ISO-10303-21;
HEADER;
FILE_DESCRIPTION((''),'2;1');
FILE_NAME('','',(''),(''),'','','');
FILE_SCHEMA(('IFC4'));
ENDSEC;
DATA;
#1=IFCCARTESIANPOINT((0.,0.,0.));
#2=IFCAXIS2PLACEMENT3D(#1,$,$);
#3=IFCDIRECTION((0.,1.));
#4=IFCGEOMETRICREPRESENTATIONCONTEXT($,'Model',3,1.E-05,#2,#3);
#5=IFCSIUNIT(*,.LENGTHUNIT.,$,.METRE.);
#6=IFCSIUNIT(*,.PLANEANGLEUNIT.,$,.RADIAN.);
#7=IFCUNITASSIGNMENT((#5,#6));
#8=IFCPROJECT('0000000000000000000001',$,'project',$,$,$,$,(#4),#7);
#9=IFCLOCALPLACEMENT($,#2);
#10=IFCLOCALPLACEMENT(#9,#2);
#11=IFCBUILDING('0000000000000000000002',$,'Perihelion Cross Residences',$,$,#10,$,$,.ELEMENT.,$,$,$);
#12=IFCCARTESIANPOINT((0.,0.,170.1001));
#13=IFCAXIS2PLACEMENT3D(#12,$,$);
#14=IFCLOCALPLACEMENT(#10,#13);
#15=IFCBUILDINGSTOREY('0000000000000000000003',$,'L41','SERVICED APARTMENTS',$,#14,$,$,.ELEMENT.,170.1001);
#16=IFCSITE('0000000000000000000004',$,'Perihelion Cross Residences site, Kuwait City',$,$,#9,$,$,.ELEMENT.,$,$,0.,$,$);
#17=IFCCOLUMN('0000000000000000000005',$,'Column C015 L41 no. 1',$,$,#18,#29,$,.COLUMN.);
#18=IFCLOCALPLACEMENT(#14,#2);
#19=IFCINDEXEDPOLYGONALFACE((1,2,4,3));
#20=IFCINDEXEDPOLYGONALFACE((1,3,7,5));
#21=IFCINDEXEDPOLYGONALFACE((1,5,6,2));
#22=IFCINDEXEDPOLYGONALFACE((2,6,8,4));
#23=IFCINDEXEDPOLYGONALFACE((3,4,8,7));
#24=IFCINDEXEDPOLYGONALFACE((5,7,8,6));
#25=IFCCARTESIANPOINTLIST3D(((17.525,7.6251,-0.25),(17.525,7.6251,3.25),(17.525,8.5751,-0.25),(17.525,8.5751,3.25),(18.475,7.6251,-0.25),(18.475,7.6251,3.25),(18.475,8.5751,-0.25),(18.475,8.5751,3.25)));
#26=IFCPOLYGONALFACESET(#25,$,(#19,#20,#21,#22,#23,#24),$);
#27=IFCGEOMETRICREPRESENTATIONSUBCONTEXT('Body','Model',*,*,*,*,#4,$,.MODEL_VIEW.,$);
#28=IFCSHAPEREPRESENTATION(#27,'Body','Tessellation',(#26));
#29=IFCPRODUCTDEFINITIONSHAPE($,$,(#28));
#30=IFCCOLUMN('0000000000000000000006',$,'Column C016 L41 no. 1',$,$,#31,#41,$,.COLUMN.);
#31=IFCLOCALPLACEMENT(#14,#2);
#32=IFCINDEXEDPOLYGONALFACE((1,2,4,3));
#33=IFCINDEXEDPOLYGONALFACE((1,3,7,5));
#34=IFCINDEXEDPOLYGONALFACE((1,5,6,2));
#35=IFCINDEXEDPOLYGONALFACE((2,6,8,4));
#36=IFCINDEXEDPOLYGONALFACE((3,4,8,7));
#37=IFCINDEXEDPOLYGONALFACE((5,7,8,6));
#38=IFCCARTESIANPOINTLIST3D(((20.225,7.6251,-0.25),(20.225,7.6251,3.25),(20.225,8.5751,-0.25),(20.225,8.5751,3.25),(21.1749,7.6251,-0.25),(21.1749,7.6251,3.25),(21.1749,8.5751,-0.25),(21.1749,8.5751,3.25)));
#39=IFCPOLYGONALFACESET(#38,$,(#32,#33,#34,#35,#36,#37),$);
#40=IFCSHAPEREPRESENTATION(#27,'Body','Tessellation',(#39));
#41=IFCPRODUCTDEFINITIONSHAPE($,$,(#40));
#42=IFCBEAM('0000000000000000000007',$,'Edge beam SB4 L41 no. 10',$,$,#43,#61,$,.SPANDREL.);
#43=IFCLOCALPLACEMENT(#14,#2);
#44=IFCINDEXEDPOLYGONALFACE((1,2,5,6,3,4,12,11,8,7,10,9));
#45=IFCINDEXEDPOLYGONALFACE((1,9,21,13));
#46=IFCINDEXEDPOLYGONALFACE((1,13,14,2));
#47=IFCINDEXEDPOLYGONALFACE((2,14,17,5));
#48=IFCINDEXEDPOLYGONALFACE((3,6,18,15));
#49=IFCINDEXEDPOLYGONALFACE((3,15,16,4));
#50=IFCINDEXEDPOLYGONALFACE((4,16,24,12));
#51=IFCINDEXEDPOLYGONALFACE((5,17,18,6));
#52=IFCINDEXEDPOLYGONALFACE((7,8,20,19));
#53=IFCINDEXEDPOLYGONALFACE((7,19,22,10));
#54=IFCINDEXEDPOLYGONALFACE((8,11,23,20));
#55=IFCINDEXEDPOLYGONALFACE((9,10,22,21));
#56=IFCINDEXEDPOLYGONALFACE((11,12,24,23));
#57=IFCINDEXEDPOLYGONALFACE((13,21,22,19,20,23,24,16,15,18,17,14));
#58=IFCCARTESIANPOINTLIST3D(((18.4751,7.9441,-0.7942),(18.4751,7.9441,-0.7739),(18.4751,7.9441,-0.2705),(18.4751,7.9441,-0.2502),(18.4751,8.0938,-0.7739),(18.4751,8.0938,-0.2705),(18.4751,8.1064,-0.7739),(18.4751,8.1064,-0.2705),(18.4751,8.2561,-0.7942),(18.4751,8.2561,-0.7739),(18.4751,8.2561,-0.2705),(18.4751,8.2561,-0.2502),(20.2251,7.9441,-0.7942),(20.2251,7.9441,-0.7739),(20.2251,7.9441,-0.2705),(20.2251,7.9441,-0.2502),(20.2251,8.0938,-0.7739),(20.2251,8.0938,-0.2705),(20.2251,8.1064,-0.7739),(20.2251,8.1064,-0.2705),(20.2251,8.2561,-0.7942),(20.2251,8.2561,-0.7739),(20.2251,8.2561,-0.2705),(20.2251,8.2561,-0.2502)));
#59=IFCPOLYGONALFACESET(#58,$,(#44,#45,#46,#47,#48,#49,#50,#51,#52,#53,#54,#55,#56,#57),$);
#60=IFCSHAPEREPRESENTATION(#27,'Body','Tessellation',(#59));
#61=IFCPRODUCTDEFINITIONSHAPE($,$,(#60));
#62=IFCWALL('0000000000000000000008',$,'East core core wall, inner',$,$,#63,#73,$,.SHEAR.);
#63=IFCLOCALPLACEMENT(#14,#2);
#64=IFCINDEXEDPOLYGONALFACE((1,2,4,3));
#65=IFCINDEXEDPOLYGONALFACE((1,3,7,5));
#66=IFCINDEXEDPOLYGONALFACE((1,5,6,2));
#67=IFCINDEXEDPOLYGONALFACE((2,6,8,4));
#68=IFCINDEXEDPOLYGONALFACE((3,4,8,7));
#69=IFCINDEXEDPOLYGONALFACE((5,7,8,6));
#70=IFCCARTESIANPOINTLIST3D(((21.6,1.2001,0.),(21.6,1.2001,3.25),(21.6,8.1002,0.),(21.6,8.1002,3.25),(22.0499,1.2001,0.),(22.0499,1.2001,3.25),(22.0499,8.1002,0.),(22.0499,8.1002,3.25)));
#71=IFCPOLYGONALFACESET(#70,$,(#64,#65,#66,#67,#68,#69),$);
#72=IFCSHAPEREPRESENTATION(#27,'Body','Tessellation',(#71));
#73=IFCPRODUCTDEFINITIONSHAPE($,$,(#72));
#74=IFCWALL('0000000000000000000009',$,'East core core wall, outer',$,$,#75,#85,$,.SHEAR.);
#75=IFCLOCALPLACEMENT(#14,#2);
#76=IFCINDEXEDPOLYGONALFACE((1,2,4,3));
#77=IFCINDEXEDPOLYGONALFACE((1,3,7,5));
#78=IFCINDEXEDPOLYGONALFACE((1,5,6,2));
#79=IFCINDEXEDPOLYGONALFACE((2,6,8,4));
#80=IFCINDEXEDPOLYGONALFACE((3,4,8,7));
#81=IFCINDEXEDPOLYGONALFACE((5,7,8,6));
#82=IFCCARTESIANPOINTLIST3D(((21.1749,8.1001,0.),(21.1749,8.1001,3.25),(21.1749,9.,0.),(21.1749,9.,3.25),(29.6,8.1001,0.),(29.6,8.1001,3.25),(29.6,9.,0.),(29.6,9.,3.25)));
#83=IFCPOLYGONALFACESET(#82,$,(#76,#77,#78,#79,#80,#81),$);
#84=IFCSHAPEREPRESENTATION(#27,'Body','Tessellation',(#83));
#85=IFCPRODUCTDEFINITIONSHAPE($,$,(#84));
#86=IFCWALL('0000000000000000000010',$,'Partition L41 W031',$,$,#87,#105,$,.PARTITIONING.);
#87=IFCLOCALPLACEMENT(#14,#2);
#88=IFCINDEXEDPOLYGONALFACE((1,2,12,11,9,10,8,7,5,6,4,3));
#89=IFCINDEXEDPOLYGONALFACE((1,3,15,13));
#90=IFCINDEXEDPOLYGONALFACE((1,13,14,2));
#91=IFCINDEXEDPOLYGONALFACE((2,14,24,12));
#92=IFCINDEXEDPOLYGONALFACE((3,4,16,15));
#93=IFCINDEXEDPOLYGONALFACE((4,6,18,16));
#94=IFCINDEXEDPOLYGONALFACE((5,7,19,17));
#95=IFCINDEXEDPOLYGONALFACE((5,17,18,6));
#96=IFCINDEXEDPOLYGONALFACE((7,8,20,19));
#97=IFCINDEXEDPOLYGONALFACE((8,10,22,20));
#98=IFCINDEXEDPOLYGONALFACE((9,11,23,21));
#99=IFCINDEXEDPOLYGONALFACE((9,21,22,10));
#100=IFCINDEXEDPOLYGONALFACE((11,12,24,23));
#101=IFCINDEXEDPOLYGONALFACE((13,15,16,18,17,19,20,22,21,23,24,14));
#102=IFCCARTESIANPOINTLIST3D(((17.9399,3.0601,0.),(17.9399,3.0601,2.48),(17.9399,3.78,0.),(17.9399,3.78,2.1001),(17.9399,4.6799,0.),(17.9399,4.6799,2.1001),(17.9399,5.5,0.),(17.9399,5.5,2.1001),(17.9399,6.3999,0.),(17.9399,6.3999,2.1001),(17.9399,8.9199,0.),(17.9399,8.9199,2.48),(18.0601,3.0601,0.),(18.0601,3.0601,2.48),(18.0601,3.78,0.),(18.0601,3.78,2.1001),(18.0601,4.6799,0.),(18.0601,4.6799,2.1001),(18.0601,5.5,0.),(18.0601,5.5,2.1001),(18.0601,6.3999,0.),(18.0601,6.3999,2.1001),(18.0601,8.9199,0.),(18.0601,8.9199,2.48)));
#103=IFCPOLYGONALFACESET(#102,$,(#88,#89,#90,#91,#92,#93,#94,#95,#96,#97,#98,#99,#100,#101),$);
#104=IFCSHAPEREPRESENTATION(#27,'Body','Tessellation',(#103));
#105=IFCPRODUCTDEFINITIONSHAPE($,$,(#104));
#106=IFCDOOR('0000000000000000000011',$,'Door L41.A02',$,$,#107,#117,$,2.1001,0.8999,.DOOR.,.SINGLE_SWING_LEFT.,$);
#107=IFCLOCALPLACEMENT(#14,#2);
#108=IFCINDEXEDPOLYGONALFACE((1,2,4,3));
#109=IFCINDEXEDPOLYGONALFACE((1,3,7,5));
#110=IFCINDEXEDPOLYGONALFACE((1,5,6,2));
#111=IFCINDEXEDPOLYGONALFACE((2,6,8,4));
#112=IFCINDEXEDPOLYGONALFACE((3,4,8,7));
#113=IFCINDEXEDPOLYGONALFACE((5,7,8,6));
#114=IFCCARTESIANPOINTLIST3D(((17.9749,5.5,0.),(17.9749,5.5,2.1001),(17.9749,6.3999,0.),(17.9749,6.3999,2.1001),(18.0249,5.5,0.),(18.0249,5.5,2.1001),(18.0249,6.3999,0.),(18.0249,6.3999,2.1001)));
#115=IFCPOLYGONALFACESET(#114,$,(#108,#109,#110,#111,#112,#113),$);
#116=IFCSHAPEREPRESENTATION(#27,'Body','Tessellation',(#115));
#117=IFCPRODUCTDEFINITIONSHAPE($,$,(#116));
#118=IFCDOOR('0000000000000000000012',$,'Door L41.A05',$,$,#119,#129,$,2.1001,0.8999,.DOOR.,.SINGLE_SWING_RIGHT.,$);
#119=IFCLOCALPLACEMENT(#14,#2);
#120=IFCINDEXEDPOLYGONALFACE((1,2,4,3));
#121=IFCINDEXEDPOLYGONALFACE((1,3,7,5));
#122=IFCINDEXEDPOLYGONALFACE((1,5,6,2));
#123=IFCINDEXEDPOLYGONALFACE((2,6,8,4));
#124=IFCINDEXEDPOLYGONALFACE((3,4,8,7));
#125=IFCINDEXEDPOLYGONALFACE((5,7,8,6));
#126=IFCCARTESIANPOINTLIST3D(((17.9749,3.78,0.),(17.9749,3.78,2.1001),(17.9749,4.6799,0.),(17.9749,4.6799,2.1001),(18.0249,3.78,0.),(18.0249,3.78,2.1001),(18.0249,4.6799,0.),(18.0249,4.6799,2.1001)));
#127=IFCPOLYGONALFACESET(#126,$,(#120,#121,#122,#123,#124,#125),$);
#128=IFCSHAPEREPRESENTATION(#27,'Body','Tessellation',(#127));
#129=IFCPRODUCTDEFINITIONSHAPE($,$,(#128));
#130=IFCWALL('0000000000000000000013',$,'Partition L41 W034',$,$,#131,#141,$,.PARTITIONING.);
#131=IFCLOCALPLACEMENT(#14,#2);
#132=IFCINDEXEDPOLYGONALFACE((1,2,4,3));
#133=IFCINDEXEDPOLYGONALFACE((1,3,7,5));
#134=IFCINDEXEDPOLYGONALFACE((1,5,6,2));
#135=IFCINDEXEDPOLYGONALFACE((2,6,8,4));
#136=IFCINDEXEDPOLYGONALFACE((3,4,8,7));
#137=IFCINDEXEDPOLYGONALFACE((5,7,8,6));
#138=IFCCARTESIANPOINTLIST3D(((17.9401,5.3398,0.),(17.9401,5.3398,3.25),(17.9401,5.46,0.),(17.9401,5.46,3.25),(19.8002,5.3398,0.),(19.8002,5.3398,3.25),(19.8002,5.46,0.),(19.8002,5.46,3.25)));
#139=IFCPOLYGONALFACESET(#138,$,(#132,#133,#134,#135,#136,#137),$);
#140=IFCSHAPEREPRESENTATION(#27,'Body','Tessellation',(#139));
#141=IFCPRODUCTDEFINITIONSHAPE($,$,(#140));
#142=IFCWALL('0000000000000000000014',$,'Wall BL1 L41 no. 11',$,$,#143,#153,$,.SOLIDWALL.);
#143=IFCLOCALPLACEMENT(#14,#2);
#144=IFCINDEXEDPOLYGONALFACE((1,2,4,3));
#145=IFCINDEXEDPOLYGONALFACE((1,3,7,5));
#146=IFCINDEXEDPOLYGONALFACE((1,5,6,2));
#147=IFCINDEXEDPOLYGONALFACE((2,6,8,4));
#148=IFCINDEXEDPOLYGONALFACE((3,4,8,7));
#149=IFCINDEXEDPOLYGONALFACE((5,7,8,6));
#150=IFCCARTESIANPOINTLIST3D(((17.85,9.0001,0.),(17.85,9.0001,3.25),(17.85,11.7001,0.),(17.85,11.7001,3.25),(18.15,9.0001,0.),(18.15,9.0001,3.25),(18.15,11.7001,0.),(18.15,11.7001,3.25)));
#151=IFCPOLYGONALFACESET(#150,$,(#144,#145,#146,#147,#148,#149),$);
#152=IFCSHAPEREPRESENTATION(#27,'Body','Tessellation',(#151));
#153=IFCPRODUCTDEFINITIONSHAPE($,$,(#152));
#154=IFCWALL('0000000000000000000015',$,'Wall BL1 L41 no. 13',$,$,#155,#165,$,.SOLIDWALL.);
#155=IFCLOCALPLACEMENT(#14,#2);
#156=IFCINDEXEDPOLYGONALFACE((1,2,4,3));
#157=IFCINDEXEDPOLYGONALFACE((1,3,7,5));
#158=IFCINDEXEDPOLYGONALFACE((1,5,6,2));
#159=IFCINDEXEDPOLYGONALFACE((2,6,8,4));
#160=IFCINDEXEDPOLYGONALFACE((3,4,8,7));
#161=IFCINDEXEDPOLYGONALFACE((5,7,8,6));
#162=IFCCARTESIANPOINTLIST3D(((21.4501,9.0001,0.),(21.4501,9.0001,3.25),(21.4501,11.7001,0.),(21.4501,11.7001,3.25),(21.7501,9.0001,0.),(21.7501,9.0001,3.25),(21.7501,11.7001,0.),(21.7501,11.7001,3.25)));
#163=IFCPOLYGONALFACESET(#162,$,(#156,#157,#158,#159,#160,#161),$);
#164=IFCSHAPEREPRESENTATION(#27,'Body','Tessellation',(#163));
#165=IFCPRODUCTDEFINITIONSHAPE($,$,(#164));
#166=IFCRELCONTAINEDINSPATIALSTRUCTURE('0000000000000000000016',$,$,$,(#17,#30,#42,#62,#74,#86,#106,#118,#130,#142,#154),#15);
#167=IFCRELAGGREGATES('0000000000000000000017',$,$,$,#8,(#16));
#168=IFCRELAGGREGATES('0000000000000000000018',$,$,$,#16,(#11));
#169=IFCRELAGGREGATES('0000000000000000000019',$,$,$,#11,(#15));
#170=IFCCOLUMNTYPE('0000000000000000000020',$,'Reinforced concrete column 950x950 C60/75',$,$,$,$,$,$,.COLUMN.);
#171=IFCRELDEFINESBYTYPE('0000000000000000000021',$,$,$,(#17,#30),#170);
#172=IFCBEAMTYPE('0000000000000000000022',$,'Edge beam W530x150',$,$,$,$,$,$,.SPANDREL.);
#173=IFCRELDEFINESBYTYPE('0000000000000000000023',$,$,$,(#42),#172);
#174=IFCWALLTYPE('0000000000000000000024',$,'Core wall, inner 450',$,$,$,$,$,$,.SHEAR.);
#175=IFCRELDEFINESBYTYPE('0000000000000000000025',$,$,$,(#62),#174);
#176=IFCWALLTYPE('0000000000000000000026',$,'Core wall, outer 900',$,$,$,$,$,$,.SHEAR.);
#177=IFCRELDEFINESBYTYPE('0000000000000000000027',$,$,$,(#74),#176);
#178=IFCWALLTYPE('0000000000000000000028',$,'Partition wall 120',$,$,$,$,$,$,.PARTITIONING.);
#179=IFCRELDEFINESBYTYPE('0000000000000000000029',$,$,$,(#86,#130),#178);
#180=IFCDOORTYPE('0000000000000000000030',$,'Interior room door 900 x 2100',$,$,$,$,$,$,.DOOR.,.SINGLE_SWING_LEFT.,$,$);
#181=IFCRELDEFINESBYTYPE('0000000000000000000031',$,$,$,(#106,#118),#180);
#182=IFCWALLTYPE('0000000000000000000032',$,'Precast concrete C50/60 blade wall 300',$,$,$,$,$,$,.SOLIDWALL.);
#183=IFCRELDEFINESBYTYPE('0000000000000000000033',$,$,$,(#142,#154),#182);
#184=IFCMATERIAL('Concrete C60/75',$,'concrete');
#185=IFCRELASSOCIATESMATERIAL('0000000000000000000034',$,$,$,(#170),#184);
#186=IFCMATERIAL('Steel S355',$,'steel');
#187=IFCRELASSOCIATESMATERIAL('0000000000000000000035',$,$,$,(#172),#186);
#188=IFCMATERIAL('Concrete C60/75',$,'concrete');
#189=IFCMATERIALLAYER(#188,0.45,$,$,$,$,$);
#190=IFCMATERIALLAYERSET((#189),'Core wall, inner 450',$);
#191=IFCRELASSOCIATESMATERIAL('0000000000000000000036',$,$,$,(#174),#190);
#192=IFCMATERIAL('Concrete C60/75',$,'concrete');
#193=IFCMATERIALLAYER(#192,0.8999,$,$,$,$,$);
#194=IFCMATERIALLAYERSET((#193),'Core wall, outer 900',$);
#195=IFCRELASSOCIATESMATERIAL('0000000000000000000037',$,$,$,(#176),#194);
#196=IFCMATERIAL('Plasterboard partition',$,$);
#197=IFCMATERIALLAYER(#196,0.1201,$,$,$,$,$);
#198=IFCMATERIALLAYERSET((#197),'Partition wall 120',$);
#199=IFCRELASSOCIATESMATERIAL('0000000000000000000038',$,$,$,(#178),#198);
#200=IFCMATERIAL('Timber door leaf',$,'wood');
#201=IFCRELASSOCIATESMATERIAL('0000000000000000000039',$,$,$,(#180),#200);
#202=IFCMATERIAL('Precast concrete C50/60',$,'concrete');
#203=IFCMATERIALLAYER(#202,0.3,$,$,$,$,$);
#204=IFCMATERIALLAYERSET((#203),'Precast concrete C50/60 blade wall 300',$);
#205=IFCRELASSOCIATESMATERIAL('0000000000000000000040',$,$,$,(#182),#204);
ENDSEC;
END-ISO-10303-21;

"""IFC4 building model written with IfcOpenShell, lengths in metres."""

from ifc_helpers import new_model, si_unit, direction, frame, frame_2d, origin, origin_2d, place, context, subcontext, project, spatial, rectangle, i_section, extrude, material, layer, layer_set, material_profile, profile_set, type_object, element, fill, save


model = new_model("IFC4")

# Units and contexts
model_context = context("Model", 3, precision=1e-05, world=origin(), true_north=direction((0.0, 1.0)))
body_context = subcontext(model_context, "Body", "Model", "MODEL_VIEW")
ifc_project = project(units=[si_unit("LENGTHUNIT", "METRE"), si_unit("PLANEANGLEUNIT", "RADIAN")], contexts=[model_context])

# Site, building, storey
site_placement = place(None, origin())
site = spatial("IfcSite", under=ifc_project, at=site_placement, Name="Perihelion Cross Residences site, Kuwait City", CompositionType="ELEMENT", RefElevation=0.0)
building_placement = place(site_placement, origin())
building = spatial("IfcBuilding", under=site, at=building_placement, Name="Perihelion Cross Residences", CompositionType="ELEMENT")
storey_placement = place(building_placement, frame((0.0, 0.0, 170.1001)))
storey = spatial("IfcBuildingStorey", under=building, at=storey_placement, Name="L41", Description="SERVICED APARTMENTS", CompositionType="ELEMENT", Elevation=170.1001)

# Columns
ifc_material_1 = material(Name="Concrete C60/75", Category="concrete")
ifc_material_profile_1 = material_profile(ifc_material_1, rectangle(XDim=0.95, YDim=0.95, at=origin_2d()), Name="RC 950x950")
ifc_profile_set_1 = profile_set([ifc_material_profile_1], Name="Concrete C60/75")
column_type = type_object("IfcColumnType", Name="Reinforced concrete column 950x950 C60/75", PredefinedType="COLUMN", material=ifc_profile_set_1)
for number, where, z_axis, x_axis, name in (
    (1, (18.0, 8.1001, -0.25), (0.0, 0.0, 1.0), (1.0, 0.0, 0.0), "Column C015 L41 no. 1"),
    (2, (20.7, 8.1001, -0.25), (0.0, 0.0, 1.0), (1.0, 0.0, 0.0), "Column C016 L41 no. 1"),
):
    element("IfcColumn", number, at=place(storey_placement, frame(where, z_axis=z_axis, x_axis=x_axis)), inside=storey, type_object=column_type, Name=name, PredefinedType="COLUMN", context=body_context, shape_type="SweptSolid", body=[
        extrude(rectangle(XDim=0.95, YDim=0.95, at=origin_2d()), origin(), (0.0, 0.0, 1.0), 3.5),
    ])

# Beam
ifc_material_2 = material(Name="Steel S355", Category="steel")
ifc_material_profile_2 = material_profile(ifc_material_2, i_section(OverallWidth=0.312, OverallDepth=0.5439, WebThickness=0.0127, FlangeThickness=0.0203, at=origin_2d()), Name="W530x150")
ifc_profile_set_2 = profile_set([ifc_material_profile_2], Name="Steel S355")
beam_type = type_object("IfcBeamType", Name="Edge beam W530x150", PredefinedType="SPANDREL", material=ifc_profile_set_2)
beam_placement = place(storey_placement, frame((20.2251, 8.1001, -0.5222), z_axis=(-1.0, 0.0, 0.0), x_axis=(0.0, -1.0, 0.0)))
element("IfcBeam", 3, at=beam_placement, inside=storey, type_object=beam_type, Name="Edge beam SB4 L41 no. 10", PredefinedType="SPANDREL", context=body_context, shape_type="SweptSolid", body=[
    extrude(i_section(OverallWidth=0.312, OverallDepth=0.5439, WebThickness=0.0127, FlangeThickness=0.0203, at=origin_2d()), origin(), (0.0, 0.0, 1.0), 1.75),
])

# Walls
ifc_material_3 = material(Name="Concrete C60/75", Category="concrete")
ifc_layer_1 = layer(ifc_material_3, 0.45)
ifc_layer_set_1 = layer_set([ifc_layer_1], Name="Core wall, inner 450")
wall_type_1 = type_object("IfcWallType", Name="Core wall, inner 450", PredefinedType="SHEAR", material=ifc_layer_set_1)
wall_1_placement = place(storey_placement, frame((21.825, 1.2, 0.0), z_axis=(0.0, 0.0, 1.0), x_axis=(0.0, 1.0, 0.0)))
element("IfcWall", 4, at=wall_1_placement, inside=storey, type_object=wall_type_1, Name="East core core wall, inner", PredefinedType="SHEAR", context=body_context, shape_type="SweptSolid", body=[
    extrude(rectangle(XDim=6.9001, YDim=0.45, at=frame_2d((3.4502, 0.0))), origin(), (0.0, 0.0, 1.0), 3.25),
])
ifc_material_4 = material(Name="Concrete C60/75", Category="concrete")
ifc_layer_2 = layer(ifc_material_4, 0.8999)
ifc_layer_set_2 = layer_set([ifc_layer_2], Name="Core wall, outer 900")
wall_type_2 = type_object("IfcWallType", Name="Core wall, outer 900", PredefinedType="SHEAR", material=ifc_layer_set_2)
wall_2_placement = place(storey_placement, frame((21.175, 8.55, 0.0), z_axis=(0.0, 0.0, 1.0), x_axis=(1.0, 0.0, 0.0)))
element("IfcWall", 5, at=wall_2_placement, inside=storey, type_object=wall_type_2, Name="East core core wall, outer", PredefinedType="SHEAR", context=body_context, shape_type="SweptSolid", body=[
    extrude(rectangle(XDim=8.425, YDim=0.8999, at=frame_2d((4.2124, 0.0))), origin(), (0.0, 0.0, 1.0), 3.25),
])

# Wall, openings, doors
ifc_material_5 = material(Name="Plasterboard partition")
ifc_layer_3 = layer(ifc_material_5, 0.1201)
ifc_layer_set_3 = layer_set([ifc_layer_3], Name="Partition wall 120")
wall_type_3 = type_object("IfcWallType", Name="Partition wall 120", PredefinedType="PARTITIONING", material=ifc_layer_set_3)
wall_3_placement = place(storey_placement, frame((18.0, 8.9199, 0.0), z_axis=(0.0, 0.0, 1.0), x_axis=(0.0, -1.0, 0.0)))
wall_3 = element("IfcWall", 6, at=wall_3_placement, inside=storey, type_object=wall_type_3, Name="Partition L41 W031", PredefinedType="PARTITIONING", context=body_context, shape_type="SweptSolid", body=[
    extrude(rectangle(XDim=5.8599, YDim=0.1201, at=frame_2d((2.9299, 0.0))), origin(), (0.0, 0.0, 1.0), 2.48),
])
opening_1_placement = place(wall_3_placement, frame((2.52, 0.0, 0.0)))
opening_1 = element("IfcOpeningElement", 7, at=opening_1_placement, cuts=wall_3, PredefinedType="OPENING", context=body_context, shape_type="SweptSolid", body=[
    extrude(rectangle(XDim=0.8999, YDim=2.1001, at=frame_2d((0.45, 1.05))), frame((0.0, 0.0701, 0.0), z_axis=(0.0, -1.0, 0.0), x_axis=(1.0, 0.0, 0.0)), (0.0, 0.0, 1.0), 0.1401),
])
opening_2_placement = place(wall_3_placement, frame((4.24, 0.0, 0.0)))
opening_2 = element("IfcOpeningElement", 8, at=opening_2_placement, cuts=wall_3, PredefinedType="OPENING", context=body_context, shape_type="SweptSolid", body=[
    extrude(rectangle(XDim=0.8999, YDim=2.1001, at=frame_2d((0.45, 1.05))), frame((0.0, 0.0701, 0.0), z_axis=(0.0, -1.0, 0.0), x_axis=(1.0, 0.0, 0.0)), (0.0, 0.0, 1.0), 0.1401),
])
ifc_material_6 = material(Name="Timber door leaf", Category="wood")
door_type_1 = type_object("IfcDoorType", Name="Interior room door 900 x 2100", OperationType="SINGLE_SWING_LEFT", PredefinedType="DOOR", material=ifc_material_6)
door_1_placement = place(opening_1_placement, origin())
door_1 = element("IfcDoor", 9, at=door_1_placement, inside=storey, type_object=door_type_1, Name="Door L41.A02", OperationType="SINGLE_SWING_LEFT", OverallHeight=2.1001, OverallWidth=0.8999, PredefinedType="DOOR", context=body_context, shape_type="SweptSolid", body=[
    extrude(rectangle(XDim=0.8999, YDim=2.1001, at=frame_2d((0.45, 1.05))), frame((0.0, 0.0249, 0.0), z_axis=(0.0, -1.0, 0.0), x_axis=(1.0, 0.0, 0.0)), (0.0, 0.0, 1.0), 0.05),
])
fill(opening_1, door_1)
door_2_placement = place(opening_2_placement, origin())
door_2 = element("IfcDoor", 10, at=door_2_placement, inside=storey, type_object=door_type_1, Name="Door L41.A05", OperationType="SINGLE_SWING_RIGHT", OverallHeight=2.1001, OverallWidth=0.8999, PredefinedType="DOOR", context=body_context, shape_type="SweptSolid", body=[
    extrude(rectangle(XDim=0.8999, YDim=2.1001, at=frame_2d((0.45, 1.05))), frame((0.0, 0.0249, 0.0), z_axis=(0.0, -1.0, 0.0), x_axis=(1.0, 0.0, 0.0)), (0.0, 0.0, 1.0), 0.05),
])
fill(opening_2, door_2)

# Walls
wall_4_placement = place(storey_placement, frame((17.9399, 5.3999, 0.0), z_axis=(0.0, 0.0, 1.0), x_axis=(1.0, 0.0, 0.0)))
element("IfcWall", 11, at=wall_4_placement, inside=storey, type_object=wall_type_3, Name="Partition L41 W034", PredefinedType="PARTITIONING", context=body_context, shape_type="SweptSolid", body=[
    extrude(rectangle(XDim=1.8601, YDim=0.1201, at=frame_2d((0.9302, 0.0))), origin(), (0.0, 0.0, 1.0), 3.25),
])
ifc_material_7 = material(Name="Precast concrete C50/60", Category="concrete")
ifc_layer_4 = layer(ifc_material_7, 0.3)
ifc_layer_set_4 = layer_set([ifc_layer_4], Name="Precast concrete C50/60 blade wall 300")
wall_type_4 = type_object("IfcWallType", Name="Precast concrete C50/60 blade wall 300", PredefinedType="SOLIDWALL", material=ifc_layer_set_4)
for number, where, z_axis, x_axis, name in (
    (12, (18.0, 9.0, 0.0), (0.0, 0.0, 1.0), (0.0, 1.0, 0.0), "Wall BL1 L41 no. 11"),
    (13, (21.6001, 9.0, 0.0), (0.0, 0.0, 1.0), (0.0, 1.0, 0.0), "Wall BL1 L41 no. 13"),
):
    element("IfcWall", number, at=place(storey_placement, frame(where, z_axis=z_axis, x_axis=x_axis)), inside=storey, type_object=wall_type_4, Name=name, PredefinedType="SOLIDWALL", context=body_context, shape_type="SweptSolid", body=[
        extrude(rectangle(XDim=2.7, YDim=0.3, at=frame_2d((1.3501, 0.0))), origin(), (0.0, 0.0, 1.0), 3.25),
    ])

save(model, "model.ifc")
